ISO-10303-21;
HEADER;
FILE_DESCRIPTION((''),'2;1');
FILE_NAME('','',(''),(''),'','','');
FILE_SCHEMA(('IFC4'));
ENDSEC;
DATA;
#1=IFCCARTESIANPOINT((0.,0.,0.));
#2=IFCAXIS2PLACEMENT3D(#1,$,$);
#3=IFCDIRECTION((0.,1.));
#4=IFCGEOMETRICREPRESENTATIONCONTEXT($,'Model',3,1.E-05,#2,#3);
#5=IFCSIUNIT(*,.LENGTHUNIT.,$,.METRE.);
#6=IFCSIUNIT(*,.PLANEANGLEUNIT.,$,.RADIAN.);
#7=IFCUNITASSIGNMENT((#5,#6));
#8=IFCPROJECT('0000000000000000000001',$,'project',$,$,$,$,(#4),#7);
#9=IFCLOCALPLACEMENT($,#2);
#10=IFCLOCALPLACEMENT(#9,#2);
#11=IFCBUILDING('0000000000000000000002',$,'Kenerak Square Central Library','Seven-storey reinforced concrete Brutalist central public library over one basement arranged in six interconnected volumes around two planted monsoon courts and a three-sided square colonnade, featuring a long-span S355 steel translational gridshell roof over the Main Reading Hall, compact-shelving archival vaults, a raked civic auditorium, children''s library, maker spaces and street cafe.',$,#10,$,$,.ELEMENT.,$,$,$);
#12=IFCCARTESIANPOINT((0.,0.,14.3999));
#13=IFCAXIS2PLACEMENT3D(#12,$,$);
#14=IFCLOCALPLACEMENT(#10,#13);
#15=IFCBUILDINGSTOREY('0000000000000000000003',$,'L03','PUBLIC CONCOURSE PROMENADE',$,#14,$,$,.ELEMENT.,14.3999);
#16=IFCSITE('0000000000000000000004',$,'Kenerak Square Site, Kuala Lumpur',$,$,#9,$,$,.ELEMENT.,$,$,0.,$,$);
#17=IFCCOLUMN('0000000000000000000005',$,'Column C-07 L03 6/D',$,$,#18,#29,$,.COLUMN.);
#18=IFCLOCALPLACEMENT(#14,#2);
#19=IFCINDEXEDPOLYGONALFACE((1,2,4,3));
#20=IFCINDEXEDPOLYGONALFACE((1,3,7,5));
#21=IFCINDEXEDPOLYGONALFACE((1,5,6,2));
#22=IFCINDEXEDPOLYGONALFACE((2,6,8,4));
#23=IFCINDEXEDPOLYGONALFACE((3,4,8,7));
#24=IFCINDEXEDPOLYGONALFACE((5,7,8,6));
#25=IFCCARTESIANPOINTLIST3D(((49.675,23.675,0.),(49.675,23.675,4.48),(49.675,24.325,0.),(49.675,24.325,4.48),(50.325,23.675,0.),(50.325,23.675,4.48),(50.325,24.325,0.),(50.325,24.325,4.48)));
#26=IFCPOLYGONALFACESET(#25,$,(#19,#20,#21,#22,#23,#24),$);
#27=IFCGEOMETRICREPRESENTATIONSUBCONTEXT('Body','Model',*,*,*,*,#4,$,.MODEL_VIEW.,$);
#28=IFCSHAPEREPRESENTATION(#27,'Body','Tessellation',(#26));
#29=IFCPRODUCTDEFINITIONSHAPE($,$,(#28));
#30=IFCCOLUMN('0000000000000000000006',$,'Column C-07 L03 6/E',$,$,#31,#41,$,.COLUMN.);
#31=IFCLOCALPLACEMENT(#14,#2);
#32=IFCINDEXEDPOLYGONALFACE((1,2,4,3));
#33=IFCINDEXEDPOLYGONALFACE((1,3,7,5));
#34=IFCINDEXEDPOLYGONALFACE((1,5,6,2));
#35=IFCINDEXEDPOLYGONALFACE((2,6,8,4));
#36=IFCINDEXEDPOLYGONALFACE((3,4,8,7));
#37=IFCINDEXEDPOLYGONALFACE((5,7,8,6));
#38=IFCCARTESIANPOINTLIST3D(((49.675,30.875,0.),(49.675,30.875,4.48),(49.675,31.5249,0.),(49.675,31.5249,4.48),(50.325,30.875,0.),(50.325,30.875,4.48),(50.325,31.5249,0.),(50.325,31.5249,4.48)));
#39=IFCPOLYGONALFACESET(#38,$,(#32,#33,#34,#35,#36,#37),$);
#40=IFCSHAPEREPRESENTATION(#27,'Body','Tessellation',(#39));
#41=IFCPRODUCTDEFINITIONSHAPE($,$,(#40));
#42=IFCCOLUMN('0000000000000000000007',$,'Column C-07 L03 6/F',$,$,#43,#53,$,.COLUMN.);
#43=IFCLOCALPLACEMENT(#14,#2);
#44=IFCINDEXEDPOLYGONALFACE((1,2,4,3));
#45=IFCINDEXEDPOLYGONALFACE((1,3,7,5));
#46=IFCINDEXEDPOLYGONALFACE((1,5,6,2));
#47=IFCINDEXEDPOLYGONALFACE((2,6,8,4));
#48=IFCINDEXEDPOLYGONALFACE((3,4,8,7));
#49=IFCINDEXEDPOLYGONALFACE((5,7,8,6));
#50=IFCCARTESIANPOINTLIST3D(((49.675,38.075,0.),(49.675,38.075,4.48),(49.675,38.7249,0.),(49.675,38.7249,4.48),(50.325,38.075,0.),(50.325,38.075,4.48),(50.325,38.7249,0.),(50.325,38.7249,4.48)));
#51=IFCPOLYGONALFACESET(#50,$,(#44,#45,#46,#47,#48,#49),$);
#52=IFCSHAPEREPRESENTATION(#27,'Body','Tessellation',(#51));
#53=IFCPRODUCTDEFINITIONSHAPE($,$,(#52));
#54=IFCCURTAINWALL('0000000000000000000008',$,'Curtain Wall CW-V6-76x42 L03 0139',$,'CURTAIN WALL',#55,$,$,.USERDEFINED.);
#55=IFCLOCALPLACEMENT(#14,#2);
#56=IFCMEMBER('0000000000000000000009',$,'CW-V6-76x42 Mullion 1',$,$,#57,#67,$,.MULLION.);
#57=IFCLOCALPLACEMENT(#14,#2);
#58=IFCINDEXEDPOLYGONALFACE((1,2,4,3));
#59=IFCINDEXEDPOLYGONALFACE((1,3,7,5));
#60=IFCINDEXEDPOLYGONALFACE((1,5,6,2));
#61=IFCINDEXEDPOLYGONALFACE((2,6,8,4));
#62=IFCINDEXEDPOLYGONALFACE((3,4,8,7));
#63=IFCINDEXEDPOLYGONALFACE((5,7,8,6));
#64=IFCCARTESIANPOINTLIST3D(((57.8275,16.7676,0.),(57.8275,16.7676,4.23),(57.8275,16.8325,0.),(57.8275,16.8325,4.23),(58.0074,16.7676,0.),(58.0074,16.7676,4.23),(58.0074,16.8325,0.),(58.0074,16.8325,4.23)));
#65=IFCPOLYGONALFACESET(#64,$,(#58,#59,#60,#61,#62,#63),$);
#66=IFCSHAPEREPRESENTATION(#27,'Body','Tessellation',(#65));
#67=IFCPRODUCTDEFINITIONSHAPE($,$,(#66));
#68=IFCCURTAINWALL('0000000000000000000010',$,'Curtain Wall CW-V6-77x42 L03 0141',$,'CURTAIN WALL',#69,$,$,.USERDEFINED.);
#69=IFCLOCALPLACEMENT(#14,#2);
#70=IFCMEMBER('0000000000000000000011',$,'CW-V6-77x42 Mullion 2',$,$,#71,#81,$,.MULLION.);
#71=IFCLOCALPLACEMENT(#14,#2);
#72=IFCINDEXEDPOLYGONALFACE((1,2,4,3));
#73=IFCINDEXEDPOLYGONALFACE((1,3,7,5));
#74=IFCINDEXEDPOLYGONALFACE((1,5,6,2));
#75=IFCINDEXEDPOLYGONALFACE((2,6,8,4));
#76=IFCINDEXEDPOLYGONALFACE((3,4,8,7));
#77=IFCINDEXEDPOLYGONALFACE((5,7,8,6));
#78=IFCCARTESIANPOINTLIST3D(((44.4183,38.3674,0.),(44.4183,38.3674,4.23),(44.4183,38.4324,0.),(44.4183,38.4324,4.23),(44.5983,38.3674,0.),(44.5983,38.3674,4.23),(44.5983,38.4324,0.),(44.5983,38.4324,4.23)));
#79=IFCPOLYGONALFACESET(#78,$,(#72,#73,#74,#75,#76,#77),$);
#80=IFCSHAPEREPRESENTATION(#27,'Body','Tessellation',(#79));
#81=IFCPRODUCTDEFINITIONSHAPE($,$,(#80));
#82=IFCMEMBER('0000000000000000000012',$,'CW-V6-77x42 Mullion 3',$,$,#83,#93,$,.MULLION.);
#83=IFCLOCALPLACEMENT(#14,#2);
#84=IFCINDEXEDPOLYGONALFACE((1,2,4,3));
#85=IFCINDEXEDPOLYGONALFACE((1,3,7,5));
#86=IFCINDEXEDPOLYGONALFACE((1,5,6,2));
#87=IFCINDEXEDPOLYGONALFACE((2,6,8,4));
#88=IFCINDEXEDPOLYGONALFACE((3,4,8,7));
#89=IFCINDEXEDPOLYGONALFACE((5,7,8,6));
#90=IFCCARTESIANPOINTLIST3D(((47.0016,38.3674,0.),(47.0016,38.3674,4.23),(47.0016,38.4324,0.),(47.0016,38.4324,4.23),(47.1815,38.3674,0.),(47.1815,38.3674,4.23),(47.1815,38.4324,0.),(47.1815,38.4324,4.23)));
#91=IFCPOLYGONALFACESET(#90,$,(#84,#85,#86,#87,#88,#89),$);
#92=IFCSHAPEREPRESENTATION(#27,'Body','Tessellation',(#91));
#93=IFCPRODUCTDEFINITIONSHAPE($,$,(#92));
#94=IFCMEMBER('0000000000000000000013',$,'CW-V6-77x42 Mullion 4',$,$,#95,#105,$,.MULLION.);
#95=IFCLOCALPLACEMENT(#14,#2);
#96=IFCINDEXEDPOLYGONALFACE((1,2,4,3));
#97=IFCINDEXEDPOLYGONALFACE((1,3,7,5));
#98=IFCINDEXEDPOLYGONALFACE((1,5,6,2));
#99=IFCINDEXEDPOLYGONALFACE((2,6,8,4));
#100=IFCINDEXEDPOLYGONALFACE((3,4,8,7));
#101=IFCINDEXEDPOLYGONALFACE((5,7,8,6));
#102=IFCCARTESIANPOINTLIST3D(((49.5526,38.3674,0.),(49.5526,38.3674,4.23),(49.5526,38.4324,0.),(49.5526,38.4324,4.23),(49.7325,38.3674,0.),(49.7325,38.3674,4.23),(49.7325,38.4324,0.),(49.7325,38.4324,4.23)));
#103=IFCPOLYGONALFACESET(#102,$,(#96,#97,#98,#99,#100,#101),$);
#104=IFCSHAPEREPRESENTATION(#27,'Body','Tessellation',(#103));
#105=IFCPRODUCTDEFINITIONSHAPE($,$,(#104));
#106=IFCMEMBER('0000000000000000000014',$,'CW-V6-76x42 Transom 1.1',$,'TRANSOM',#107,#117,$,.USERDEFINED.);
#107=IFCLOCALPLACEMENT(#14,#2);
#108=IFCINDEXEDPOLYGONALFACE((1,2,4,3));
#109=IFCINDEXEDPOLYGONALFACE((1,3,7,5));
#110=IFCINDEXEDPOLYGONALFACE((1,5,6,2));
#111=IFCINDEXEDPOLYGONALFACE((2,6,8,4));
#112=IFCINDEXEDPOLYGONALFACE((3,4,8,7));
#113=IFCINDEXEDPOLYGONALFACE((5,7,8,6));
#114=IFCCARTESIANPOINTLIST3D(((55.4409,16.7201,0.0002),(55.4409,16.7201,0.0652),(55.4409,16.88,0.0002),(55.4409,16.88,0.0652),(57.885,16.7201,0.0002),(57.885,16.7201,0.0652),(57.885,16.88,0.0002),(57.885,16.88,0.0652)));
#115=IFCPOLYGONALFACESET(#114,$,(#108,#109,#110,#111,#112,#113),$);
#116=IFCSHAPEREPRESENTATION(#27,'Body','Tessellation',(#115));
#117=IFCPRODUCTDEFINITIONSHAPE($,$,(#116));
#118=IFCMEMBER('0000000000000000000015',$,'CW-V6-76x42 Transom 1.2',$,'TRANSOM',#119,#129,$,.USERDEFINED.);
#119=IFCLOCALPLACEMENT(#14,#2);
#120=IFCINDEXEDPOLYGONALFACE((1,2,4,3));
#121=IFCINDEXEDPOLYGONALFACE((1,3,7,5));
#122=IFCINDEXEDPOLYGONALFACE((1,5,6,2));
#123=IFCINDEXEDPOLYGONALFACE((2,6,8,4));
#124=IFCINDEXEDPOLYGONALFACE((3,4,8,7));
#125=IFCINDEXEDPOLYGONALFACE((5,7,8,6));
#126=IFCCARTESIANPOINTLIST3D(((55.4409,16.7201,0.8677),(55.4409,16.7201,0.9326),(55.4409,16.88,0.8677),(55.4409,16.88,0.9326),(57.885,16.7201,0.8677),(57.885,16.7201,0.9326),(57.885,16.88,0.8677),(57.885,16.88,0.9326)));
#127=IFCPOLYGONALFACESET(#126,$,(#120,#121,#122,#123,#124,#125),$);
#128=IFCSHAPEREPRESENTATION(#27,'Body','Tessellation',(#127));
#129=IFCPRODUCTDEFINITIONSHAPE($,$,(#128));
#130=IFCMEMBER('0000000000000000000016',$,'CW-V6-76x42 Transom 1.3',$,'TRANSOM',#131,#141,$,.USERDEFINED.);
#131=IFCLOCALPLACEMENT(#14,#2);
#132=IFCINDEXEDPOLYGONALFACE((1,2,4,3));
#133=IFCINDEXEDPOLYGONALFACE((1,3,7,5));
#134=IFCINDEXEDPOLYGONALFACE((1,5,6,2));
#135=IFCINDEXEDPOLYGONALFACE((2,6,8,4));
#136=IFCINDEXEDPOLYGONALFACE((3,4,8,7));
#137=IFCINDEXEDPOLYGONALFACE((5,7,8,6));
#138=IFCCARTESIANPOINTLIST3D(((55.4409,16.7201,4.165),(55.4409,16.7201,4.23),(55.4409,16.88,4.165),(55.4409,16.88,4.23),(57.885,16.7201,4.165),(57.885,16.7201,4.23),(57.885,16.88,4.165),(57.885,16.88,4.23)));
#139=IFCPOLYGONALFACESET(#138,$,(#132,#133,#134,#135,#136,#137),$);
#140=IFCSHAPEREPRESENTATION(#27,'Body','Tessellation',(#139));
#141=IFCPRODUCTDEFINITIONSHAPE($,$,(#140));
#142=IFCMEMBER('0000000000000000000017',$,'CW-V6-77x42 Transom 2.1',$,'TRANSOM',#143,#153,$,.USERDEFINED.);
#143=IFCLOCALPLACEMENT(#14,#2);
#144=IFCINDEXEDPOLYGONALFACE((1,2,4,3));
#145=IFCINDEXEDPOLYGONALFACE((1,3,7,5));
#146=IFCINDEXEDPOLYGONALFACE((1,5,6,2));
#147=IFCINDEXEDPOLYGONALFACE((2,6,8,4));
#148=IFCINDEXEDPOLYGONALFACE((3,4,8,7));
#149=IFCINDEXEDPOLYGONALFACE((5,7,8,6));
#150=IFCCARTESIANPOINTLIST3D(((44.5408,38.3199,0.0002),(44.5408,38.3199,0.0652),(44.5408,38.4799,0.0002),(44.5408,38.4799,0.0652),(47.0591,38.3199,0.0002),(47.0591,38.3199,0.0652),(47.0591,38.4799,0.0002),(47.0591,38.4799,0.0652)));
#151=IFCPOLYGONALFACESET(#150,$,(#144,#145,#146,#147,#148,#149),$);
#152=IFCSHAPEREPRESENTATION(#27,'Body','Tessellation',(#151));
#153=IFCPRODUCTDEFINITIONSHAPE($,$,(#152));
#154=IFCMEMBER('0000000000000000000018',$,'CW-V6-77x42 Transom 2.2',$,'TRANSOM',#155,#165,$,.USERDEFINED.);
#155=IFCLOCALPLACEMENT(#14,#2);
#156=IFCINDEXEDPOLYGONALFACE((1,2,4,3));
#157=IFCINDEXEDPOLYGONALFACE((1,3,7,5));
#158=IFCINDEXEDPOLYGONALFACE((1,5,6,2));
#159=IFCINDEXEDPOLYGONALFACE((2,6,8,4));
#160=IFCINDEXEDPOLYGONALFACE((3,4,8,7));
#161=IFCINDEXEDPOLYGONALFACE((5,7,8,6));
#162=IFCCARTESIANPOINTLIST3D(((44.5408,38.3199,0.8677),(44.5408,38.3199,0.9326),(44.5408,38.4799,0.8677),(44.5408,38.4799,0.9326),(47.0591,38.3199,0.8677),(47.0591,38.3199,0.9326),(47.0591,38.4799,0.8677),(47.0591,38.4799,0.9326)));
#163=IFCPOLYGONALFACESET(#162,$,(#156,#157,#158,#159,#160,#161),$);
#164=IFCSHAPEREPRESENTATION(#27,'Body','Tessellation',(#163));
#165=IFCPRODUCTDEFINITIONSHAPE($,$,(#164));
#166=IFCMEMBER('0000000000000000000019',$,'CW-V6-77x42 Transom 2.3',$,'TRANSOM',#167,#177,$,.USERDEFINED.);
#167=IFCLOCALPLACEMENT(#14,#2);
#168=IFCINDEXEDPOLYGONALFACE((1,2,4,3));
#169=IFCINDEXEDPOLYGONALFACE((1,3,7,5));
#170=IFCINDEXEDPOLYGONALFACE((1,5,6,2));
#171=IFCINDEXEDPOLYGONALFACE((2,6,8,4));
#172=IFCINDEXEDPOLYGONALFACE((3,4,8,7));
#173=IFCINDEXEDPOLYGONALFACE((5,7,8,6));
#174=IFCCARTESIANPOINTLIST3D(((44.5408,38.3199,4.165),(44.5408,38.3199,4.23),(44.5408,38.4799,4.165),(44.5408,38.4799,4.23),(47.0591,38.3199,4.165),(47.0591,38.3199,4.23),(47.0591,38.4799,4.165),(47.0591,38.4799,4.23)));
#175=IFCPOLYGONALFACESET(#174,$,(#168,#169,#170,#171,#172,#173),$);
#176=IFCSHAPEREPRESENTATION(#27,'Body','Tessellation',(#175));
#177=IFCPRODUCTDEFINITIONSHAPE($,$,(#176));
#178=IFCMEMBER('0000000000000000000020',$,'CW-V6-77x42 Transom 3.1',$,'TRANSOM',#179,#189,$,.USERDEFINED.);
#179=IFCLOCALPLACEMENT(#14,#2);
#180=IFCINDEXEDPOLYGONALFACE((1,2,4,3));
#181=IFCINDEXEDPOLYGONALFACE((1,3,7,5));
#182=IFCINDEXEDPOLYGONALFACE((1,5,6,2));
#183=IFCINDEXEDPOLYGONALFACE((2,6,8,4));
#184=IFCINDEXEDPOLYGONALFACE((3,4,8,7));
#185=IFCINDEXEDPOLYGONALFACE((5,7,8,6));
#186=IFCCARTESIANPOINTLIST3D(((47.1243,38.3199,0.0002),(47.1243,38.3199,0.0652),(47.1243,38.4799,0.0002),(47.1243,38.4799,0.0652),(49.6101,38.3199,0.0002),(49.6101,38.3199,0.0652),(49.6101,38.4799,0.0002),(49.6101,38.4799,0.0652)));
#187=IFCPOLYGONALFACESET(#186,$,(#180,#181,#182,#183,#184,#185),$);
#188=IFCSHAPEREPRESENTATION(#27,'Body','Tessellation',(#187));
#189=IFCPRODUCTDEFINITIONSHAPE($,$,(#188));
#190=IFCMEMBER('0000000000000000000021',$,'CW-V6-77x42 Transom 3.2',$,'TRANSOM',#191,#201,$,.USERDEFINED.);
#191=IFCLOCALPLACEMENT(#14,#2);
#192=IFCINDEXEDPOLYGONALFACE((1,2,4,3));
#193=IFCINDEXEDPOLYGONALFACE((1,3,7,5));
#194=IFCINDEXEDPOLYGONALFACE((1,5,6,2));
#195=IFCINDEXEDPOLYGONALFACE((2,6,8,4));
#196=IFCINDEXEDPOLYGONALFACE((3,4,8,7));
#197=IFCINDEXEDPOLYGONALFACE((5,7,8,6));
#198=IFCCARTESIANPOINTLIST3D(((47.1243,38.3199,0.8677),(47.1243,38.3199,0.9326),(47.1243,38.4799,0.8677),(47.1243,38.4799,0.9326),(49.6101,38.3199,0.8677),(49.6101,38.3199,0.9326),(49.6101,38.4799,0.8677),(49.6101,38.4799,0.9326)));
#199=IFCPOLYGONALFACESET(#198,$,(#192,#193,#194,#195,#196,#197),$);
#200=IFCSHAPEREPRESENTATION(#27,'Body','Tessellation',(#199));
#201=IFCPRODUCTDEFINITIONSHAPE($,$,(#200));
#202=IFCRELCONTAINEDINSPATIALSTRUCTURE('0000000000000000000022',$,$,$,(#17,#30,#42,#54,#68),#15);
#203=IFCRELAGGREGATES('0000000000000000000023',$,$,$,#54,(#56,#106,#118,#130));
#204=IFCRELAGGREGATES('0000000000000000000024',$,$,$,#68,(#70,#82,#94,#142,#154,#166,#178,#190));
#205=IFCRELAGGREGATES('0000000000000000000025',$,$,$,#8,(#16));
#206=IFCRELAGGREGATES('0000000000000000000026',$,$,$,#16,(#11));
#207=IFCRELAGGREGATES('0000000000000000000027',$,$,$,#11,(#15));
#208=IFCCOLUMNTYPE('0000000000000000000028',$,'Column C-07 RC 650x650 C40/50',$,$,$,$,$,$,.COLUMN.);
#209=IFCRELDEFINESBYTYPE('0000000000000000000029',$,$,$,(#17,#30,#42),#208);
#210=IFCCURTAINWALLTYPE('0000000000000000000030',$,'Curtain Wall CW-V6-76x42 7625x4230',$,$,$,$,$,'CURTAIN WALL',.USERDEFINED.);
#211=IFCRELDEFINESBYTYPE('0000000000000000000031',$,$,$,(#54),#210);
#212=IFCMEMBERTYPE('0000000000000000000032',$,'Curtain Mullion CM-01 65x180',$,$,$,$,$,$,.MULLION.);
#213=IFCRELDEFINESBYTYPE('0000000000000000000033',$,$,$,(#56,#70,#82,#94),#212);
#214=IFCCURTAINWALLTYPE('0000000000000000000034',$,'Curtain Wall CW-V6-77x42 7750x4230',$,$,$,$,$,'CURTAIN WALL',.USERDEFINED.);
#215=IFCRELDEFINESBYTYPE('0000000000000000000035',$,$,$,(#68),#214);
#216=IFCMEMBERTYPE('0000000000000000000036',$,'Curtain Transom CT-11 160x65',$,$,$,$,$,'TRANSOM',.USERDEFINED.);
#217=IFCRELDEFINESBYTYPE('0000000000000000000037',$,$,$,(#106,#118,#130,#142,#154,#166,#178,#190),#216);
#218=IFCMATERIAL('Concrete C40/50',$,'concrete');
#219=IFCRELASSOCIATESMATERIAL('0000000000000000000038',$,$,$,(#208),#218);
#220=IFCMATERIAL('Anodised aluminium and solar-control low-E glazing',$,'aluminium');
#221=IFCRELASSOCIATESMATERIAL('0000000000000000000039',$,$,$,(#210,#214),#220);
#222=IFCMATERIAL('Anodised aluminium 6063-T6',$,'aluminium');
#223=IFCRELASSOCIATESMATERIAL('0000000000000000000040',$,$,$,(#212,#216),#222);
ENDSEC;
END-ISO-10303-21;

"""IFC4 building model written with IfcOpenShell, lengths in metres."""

from ifc_helpers import new_model, si_unit, direction, frame, origin, origin_2d, place, context, subcontext, project, spatial, rectangle, extrude, material, material_profile, profile_set, type_object, element, aggregate, save


model = new_model("IFC4")

# Units and contexts
model_context = context("Model", 3, precision=1e-05, world=origin(), true_north=direction((0.0, 1.0)))
body_context = subcontext(model_context, "Body", "Model", "MODEL_VIEW")
ifc_project = project(units=[si_unit("LENGTHUNIT", "METRE"), si_unit("PLANEANGLEUNIT", "RADIAN")], contexts=[model_context])

# Site, building, storey
site_placement = place(None, origin())
site = spatial("IfcSite", under=ifc_project, at=site_placement, Name="Kenerak Square Site, Kuala Lumpur", CompositionType="ELEMENT", RefElevation=0.0)
building_placement = place(site_placement, origin())
building = spatial("IfcBuilding", under=site, at=building_placement, Name="Kenerak Square Central Library", Description="Seven-storey reinforced concrete Brutalist central public library over one basement arranged in six interconnected volumes around two planted monsoon courts and a three-sided square colonnade, featuring a long-span S355 steel translational gridshell roof over the Main Reading Hall, compact-shelving archival vaults, a raked civic auditorium, children's library, maker spaces and street cafe.", CompositionType="ELEMENT")
storey_placement = place(building_placement, frame((0.0, 0.0, 14.3999)))
storey = spatial("IfcBuildingStorey", under=building, at=storey_placement, Name="L03", Description="PUBLIC CONCOURSE PROMENADE", CompositionType="ELEMENT", Elevation=14.3999)

# Columns
ifc_material_1 = material(Name="Concrete C40/50", Category="concrete")
ifc_material_profile_1 = material_profile(ifc_material_1, rectangle(XDim=0.6499, YDim=0.6499, at=origin_2d()), Name="RC 650x650")
ifc_profile_set_1 = profile_set([ifc_material_profile_1], Name="Concrete C40/50")
column_type = type_object("IfcColumnType", Name="Column C-07 RC 650x650 C40/50", PredefinedType="COLUMN", material=ifc_profile_set_1)
for number, where, z_axis, x_axis, name in (
    (1, (50.0, 24.0, 0.0), (0.0, 0.0, 1.0), (1.0, 0.0, 0.0), "Column C-07 L03 6/D"),
    (2, (50.0, 31.2, 0.0), (0.0, 0.0, 1.0), (1.0, 0.0, 0.0), "Column C-07 L03 6/E"),
    (3, (50.0, 38.3999, 0.0), (0.0, 0.0, 1.0), (1.0, 0.0, 0.0), "Column C-07 L03 6/F"),
):
    element("IfcColumn", number, at=place(storey_placement, frame(where, z_axis=z_axis, x_axis=x_axis)), inside=storey, type_object=column_type, Name=name, PredefinedType="COLUMN", context=body_context, shape_type="SweptSolid", body=[
        extrude(rectangle(XDim=0.6499, YDim=0.6499, at=origin_2d()), origin(), (0.0, 0.0, 1.0), 4.48),
    ])

# Curtain wall, member
ifc_material_2 = material(Name="Anodised aluminium and solar-control low-E glazing", Category="aluminium")
curtain_wall_type_1 = type_object("IfcCurtainWallType", Name="Curtain Wall CW-V6-76x42 7625x4230", ElementType="CURTAIN WALL", PredefinedType="USERDEFINED", material=ifc_material_2)
curtain_wall_1_placement = place(storey_placement, origin())
curtain_wall_1 = element("IfcCurtainWall", 4, at=curtain_wall_1_placement, inside=storey, type_object=curtain_wall_type_1, Name="Curtain Wall CW-V6-76x42 L03 0139", ObjectType="CURTAIN WALL", PredefinedType="USERDEFINED")
ifc_material_3 = material(Name="Anodised aluminium 6063-T6", Category="aluminium")
ifc_material_profile_2 = material_profile(ifc_material_3, rectangle(XDim=0.0649, YDim=0.1799, at=origin_2d()), Name="AL MULLION 65x180")
ifc_profile_set_2 = profile_set([ifc_material_profile_2], Name="Anodised aluminium 6063-T6")
member_type_1 = type_object("IfcMemberType", Name="Curtain Mullion CM-01 65x180", PredefinedType="MULLION", material=ifc_profile_set_2)
member_1_placement = place(storey_placement, frame((57.9175, 16.8, 0.0), z_axis=(0.0, 0.0, 1.0), x_axis=(0.0, -1.0, 0.0)))
member_1 = element("IfcMember", 5, at=member_1_placement, type_object=member_type_1, Name="CW-V6-76x42 Mullion 1", PredefinedType="MULLION", context=body_context, shape_type="SweptSolid", body=[
    extrude(rectangle(XDim=0.0649, YDim=0.1799, at=origin_2d()), origin(), (0.0, 0.0, 1.0), 4.23),
])

# Curtain wall, members
curtain_wall_type_2 = type_object("IfcCurtainWallType", Name="Curtain Wall CW-V6-77x42 7750x4230", ElementType="CURTAIN WALL", PredefinedType="USERDEFINED", material=ifc_material_2)
curtain_wall_2_placement = place(storey_placement, origin())
curtain_wall_2 = element("IfcCurtainWall", 6, at=curtain_wall_2_placement, inside=storey, type_object=curtain_wall_type_2, Name="Curtain Wall CW-V6-77x42 L03 0141", ObjectType="CURTAIN WALL", PredefinedType="USERDEFINED")
member_2_placement = place(storey_placement, frame((44.5083, 38.3999, 0.0), z_axis=(0.0, 0.0, 1.0), x_axis=(0.0, 1.0, 0.0)))
member_2 = element("IfcMember", 7, at=member_2_placement, type_object=member_type_1, Name="CW-V6-77x42 Mullion 2", PredefinedType="MULLION", context=body_context, shape_type="SweptSolid", body=[
    extrude(rectangle(XDim=0.0649, YDim=0.1799, at=origin_2d()), origin(), (0.0, 0.0, 1.0), 4.23),
])
member_3_placement = place(storey_placement, frame((47.0916, 38.3999, 0.0), z_axis=(0.0, 0.0, 1.0), x_axis=(0.0, 1.0, 0.0)))
member_3 = element("IfcMember", 8, at=member_3_placement, type_object=member_type_1, Name="CW-V6-77x42 Mullion 3", PredefinedType="MULLION", context=body_context, shape_type="SweptSolid", body=[
    extrude(rectangle(XDim=0.0649, YDim=0.1799, at=origin_2d()), origin(), (0.0, 0.0, 1.0), 4.23),
])
member_4_placement = place(storey_placement, frame((49.6426, 38.3999, 0.0), z_axis=(0.0, 0.0, 1.0), x_axis=(0.0, 1.0, 0.0)))
member_4 = element("IfcMember", 9, at=member_4_placement, type_object=member_type_1, Name="CW-V6-77x42 Mullion 4", PredefinedType="MULLION", context=body_context, shape_type="SweptSolid", body=[
    extrude(rectangle(XDim=0.0649, YDim=0.1799, at=origin_2d()), origin(), (0.0, 0.0, 1.0), 4.23),
])

# Members
ifc_material_profile_3 = material_profile(ifc_material_3, rectangle(XDim=0.1599, YDim=0.0649, at=origin_2d()), Name="AL TRANSOM 160x65")
ifc_profile_set_3 = profile_set([ifc_material_profile_3], Name="Anodised aluminium 6063-T6")
member_type_2 = type_object("IfcMemberType", Name="Curtain Transom CT-11 160x65", ElementType="TRANSOM", PredefinedType="USERDEFINED", material=ifc_profile_set_3)
member_5_placement = place(storey_placement, frame((57.885, 16.8, 0.0327), z_axis=(-1.0, 0.0, 0.0), x_axis=(0.0, -1.0, 0.0)))
member_5 = element("IfcMember", 10, at=member_5_placement, type_object=member_type_2, Name="CW-V6-76x42 Transom 1.1", ObjectType="TRANSOM", PredefinedType="USERDEFINED", context=body_context, shape_type="SweptSolid", body=[
    extrude(rectangle(XDim=0.1599, YDim=0.0649, at=origin_2d()), origin(), (0.0, 0.0, 1.0), 2.4441),
])
member_6_placement = place(storey_placement, frame((57.885, 16.8, 0.9001), z_axis=(-1.0, 0.0, 0.0), x_axis=(0.0, -1.0, 0.0)))
member_6 = element("IfcMember", 11, at=member_6_placement, type_object=member_type_2, Name="CW-V6-76x42 Transom 1.2", ObjectType="TRANSOM", PredefinedType="USERDEFINED", context=body_context, shape_type="SweptSolid", body=[
    extrude(rectangle(XDim=0.1599, YDim=0.0649, at=origin_2d()), origin(), (0.0, 0.0, 1.0), 2.4441),
])
member_7_placement = place(storey_placement, frame((57.885, 16.8, 4.1975), z_axis=(-1.0, 0.0, 0.0), x_axis=(0.0, -1.0, 0.0)))
member_7 = element("IfcMember", 12, at=member_7_placement, type_object=member_type_2, Name="CW-V6-76x42 Transom 1.3", ObjectType="TRANSOM", PredefinedType="USERDEFINED", context=body_context, shape_type="SweptSolid", body=[
    extrude(rectangle(XDim=0.1599, YDim=0.0649, at=origin_2d()), origin(), (0.0, 0.0, 1.0), 2.4441),
])
member_8_placement = place(storey_placement, frame((44.5408, 38.3999, 0.0327), z_axis=(1.0, 0.0, 0.0), x_axis=(0.0, 1.0, 0.0)))
member_8 = element("IfcMember", 13, at=member_8_placement, type_object=member_type_2, Name="CW-V6-77x42 Transom 2.1", ObjectType="TRANSOM", PredefinedType="USERDEFINED", context=body_context, shape_type="SweptSolid", body=[
    extrude(rectangle(XDim=0.1599, YDim=0.0649, at=origin_2d()), origin(), (0.0, 0.0, 1.0), 2.5183),
])
member_9_placement = place(storey_placement, frame((44.5408, 38.3999, 0.9001), z_axis=(1.0, 0.0, 0.0), x_axis=(0.0, 1.0, 0.0)))
member_9 = element("IfcMember", 14, at=member_9_placement, type_object=member_type_2, Name="CW-V6-77x42 Transom 2.2", ObjectType="TRANSOM", PredefinedType="USERDEFINED", context=body_context, shape_type="SweptSolid", body=[
    extrude(rectangle(XDim=0.1599, YDim=0.0649, at=origin_2d()), origin(), (0.0, 0.0, 1.0), 2.5183),
])
member_10_placement = place(storey_placement, frame((44.5408, 38.3999, 4.1975), z_axis=(1.0, 0.0, 0.0), x_axis=(0.0, 1.0, 0.0)))
member_10 = element("IfcMember", 15, at=member_10_placement, type_object=member_type_2, Name="CW-V6-77x42 Transom 2.3", ObjectType="TRANSOM", PredefinedType="USERDEFINED", context=body_context, shape_type="SweptSolid", body=[
    extrude(rectangle(XDim=0.1599, YDim=0.0649, at=origin_2d()), origin(), (0.0, 0.0, 1.0), 2.5183),
])
member_11_placement = place(storey_placement, frame((47.1243, 38.3999, 0.0327), z_axis=(1.0, 0.0, 0.0), x_axis=(0.0, 1.0, 0.0)))
member_11 = element("IfcMember", 16, at=member_11_placement, type_object=member_type_2, Name="CW-V6-77x42 Transom 3.1", ObjectType="TRANSOM", PredefinedType="USERDEFINED", context=body_context, shape_type="SweptSolid", body=[
    extrude(rectangle(XDim=0.1599, YDim=0.0649, at=origin_2d()), origin(), (0.0, 0.0, 1.0), 2.4858),
])
member_12_placement = place(storey_placement, frame((47.1243, 38.3999, 0.9001), z_axis=(1.0, 0.0, 0.0), x_axis=(0.0, 1.0, 0.0)))
member_12 = element("IfcMember", 17, at=member_12_placement, type_object=member_type_2, Name="CW-V6-77x42 Transom 3.2", ObjectType="TRANSOM", PredefinedType="USERDEFINED", context=body_context, shape_type="SweptSolid", body=[
    extrude(rectangle(XDim=0.1599, YDim=0.0649, at=origin_2d()), origin(), (0.0, 0.0, 1.0), 2.4858),
])

aggregate(curtain_wall_1, [member_1, member_5, member_6, member_7])
aggregate(curtain_wall_2, [member_2, member_3, member_4, member_8, member_9, member_10, member_11, member_12])

save(model, "model.ifc")
